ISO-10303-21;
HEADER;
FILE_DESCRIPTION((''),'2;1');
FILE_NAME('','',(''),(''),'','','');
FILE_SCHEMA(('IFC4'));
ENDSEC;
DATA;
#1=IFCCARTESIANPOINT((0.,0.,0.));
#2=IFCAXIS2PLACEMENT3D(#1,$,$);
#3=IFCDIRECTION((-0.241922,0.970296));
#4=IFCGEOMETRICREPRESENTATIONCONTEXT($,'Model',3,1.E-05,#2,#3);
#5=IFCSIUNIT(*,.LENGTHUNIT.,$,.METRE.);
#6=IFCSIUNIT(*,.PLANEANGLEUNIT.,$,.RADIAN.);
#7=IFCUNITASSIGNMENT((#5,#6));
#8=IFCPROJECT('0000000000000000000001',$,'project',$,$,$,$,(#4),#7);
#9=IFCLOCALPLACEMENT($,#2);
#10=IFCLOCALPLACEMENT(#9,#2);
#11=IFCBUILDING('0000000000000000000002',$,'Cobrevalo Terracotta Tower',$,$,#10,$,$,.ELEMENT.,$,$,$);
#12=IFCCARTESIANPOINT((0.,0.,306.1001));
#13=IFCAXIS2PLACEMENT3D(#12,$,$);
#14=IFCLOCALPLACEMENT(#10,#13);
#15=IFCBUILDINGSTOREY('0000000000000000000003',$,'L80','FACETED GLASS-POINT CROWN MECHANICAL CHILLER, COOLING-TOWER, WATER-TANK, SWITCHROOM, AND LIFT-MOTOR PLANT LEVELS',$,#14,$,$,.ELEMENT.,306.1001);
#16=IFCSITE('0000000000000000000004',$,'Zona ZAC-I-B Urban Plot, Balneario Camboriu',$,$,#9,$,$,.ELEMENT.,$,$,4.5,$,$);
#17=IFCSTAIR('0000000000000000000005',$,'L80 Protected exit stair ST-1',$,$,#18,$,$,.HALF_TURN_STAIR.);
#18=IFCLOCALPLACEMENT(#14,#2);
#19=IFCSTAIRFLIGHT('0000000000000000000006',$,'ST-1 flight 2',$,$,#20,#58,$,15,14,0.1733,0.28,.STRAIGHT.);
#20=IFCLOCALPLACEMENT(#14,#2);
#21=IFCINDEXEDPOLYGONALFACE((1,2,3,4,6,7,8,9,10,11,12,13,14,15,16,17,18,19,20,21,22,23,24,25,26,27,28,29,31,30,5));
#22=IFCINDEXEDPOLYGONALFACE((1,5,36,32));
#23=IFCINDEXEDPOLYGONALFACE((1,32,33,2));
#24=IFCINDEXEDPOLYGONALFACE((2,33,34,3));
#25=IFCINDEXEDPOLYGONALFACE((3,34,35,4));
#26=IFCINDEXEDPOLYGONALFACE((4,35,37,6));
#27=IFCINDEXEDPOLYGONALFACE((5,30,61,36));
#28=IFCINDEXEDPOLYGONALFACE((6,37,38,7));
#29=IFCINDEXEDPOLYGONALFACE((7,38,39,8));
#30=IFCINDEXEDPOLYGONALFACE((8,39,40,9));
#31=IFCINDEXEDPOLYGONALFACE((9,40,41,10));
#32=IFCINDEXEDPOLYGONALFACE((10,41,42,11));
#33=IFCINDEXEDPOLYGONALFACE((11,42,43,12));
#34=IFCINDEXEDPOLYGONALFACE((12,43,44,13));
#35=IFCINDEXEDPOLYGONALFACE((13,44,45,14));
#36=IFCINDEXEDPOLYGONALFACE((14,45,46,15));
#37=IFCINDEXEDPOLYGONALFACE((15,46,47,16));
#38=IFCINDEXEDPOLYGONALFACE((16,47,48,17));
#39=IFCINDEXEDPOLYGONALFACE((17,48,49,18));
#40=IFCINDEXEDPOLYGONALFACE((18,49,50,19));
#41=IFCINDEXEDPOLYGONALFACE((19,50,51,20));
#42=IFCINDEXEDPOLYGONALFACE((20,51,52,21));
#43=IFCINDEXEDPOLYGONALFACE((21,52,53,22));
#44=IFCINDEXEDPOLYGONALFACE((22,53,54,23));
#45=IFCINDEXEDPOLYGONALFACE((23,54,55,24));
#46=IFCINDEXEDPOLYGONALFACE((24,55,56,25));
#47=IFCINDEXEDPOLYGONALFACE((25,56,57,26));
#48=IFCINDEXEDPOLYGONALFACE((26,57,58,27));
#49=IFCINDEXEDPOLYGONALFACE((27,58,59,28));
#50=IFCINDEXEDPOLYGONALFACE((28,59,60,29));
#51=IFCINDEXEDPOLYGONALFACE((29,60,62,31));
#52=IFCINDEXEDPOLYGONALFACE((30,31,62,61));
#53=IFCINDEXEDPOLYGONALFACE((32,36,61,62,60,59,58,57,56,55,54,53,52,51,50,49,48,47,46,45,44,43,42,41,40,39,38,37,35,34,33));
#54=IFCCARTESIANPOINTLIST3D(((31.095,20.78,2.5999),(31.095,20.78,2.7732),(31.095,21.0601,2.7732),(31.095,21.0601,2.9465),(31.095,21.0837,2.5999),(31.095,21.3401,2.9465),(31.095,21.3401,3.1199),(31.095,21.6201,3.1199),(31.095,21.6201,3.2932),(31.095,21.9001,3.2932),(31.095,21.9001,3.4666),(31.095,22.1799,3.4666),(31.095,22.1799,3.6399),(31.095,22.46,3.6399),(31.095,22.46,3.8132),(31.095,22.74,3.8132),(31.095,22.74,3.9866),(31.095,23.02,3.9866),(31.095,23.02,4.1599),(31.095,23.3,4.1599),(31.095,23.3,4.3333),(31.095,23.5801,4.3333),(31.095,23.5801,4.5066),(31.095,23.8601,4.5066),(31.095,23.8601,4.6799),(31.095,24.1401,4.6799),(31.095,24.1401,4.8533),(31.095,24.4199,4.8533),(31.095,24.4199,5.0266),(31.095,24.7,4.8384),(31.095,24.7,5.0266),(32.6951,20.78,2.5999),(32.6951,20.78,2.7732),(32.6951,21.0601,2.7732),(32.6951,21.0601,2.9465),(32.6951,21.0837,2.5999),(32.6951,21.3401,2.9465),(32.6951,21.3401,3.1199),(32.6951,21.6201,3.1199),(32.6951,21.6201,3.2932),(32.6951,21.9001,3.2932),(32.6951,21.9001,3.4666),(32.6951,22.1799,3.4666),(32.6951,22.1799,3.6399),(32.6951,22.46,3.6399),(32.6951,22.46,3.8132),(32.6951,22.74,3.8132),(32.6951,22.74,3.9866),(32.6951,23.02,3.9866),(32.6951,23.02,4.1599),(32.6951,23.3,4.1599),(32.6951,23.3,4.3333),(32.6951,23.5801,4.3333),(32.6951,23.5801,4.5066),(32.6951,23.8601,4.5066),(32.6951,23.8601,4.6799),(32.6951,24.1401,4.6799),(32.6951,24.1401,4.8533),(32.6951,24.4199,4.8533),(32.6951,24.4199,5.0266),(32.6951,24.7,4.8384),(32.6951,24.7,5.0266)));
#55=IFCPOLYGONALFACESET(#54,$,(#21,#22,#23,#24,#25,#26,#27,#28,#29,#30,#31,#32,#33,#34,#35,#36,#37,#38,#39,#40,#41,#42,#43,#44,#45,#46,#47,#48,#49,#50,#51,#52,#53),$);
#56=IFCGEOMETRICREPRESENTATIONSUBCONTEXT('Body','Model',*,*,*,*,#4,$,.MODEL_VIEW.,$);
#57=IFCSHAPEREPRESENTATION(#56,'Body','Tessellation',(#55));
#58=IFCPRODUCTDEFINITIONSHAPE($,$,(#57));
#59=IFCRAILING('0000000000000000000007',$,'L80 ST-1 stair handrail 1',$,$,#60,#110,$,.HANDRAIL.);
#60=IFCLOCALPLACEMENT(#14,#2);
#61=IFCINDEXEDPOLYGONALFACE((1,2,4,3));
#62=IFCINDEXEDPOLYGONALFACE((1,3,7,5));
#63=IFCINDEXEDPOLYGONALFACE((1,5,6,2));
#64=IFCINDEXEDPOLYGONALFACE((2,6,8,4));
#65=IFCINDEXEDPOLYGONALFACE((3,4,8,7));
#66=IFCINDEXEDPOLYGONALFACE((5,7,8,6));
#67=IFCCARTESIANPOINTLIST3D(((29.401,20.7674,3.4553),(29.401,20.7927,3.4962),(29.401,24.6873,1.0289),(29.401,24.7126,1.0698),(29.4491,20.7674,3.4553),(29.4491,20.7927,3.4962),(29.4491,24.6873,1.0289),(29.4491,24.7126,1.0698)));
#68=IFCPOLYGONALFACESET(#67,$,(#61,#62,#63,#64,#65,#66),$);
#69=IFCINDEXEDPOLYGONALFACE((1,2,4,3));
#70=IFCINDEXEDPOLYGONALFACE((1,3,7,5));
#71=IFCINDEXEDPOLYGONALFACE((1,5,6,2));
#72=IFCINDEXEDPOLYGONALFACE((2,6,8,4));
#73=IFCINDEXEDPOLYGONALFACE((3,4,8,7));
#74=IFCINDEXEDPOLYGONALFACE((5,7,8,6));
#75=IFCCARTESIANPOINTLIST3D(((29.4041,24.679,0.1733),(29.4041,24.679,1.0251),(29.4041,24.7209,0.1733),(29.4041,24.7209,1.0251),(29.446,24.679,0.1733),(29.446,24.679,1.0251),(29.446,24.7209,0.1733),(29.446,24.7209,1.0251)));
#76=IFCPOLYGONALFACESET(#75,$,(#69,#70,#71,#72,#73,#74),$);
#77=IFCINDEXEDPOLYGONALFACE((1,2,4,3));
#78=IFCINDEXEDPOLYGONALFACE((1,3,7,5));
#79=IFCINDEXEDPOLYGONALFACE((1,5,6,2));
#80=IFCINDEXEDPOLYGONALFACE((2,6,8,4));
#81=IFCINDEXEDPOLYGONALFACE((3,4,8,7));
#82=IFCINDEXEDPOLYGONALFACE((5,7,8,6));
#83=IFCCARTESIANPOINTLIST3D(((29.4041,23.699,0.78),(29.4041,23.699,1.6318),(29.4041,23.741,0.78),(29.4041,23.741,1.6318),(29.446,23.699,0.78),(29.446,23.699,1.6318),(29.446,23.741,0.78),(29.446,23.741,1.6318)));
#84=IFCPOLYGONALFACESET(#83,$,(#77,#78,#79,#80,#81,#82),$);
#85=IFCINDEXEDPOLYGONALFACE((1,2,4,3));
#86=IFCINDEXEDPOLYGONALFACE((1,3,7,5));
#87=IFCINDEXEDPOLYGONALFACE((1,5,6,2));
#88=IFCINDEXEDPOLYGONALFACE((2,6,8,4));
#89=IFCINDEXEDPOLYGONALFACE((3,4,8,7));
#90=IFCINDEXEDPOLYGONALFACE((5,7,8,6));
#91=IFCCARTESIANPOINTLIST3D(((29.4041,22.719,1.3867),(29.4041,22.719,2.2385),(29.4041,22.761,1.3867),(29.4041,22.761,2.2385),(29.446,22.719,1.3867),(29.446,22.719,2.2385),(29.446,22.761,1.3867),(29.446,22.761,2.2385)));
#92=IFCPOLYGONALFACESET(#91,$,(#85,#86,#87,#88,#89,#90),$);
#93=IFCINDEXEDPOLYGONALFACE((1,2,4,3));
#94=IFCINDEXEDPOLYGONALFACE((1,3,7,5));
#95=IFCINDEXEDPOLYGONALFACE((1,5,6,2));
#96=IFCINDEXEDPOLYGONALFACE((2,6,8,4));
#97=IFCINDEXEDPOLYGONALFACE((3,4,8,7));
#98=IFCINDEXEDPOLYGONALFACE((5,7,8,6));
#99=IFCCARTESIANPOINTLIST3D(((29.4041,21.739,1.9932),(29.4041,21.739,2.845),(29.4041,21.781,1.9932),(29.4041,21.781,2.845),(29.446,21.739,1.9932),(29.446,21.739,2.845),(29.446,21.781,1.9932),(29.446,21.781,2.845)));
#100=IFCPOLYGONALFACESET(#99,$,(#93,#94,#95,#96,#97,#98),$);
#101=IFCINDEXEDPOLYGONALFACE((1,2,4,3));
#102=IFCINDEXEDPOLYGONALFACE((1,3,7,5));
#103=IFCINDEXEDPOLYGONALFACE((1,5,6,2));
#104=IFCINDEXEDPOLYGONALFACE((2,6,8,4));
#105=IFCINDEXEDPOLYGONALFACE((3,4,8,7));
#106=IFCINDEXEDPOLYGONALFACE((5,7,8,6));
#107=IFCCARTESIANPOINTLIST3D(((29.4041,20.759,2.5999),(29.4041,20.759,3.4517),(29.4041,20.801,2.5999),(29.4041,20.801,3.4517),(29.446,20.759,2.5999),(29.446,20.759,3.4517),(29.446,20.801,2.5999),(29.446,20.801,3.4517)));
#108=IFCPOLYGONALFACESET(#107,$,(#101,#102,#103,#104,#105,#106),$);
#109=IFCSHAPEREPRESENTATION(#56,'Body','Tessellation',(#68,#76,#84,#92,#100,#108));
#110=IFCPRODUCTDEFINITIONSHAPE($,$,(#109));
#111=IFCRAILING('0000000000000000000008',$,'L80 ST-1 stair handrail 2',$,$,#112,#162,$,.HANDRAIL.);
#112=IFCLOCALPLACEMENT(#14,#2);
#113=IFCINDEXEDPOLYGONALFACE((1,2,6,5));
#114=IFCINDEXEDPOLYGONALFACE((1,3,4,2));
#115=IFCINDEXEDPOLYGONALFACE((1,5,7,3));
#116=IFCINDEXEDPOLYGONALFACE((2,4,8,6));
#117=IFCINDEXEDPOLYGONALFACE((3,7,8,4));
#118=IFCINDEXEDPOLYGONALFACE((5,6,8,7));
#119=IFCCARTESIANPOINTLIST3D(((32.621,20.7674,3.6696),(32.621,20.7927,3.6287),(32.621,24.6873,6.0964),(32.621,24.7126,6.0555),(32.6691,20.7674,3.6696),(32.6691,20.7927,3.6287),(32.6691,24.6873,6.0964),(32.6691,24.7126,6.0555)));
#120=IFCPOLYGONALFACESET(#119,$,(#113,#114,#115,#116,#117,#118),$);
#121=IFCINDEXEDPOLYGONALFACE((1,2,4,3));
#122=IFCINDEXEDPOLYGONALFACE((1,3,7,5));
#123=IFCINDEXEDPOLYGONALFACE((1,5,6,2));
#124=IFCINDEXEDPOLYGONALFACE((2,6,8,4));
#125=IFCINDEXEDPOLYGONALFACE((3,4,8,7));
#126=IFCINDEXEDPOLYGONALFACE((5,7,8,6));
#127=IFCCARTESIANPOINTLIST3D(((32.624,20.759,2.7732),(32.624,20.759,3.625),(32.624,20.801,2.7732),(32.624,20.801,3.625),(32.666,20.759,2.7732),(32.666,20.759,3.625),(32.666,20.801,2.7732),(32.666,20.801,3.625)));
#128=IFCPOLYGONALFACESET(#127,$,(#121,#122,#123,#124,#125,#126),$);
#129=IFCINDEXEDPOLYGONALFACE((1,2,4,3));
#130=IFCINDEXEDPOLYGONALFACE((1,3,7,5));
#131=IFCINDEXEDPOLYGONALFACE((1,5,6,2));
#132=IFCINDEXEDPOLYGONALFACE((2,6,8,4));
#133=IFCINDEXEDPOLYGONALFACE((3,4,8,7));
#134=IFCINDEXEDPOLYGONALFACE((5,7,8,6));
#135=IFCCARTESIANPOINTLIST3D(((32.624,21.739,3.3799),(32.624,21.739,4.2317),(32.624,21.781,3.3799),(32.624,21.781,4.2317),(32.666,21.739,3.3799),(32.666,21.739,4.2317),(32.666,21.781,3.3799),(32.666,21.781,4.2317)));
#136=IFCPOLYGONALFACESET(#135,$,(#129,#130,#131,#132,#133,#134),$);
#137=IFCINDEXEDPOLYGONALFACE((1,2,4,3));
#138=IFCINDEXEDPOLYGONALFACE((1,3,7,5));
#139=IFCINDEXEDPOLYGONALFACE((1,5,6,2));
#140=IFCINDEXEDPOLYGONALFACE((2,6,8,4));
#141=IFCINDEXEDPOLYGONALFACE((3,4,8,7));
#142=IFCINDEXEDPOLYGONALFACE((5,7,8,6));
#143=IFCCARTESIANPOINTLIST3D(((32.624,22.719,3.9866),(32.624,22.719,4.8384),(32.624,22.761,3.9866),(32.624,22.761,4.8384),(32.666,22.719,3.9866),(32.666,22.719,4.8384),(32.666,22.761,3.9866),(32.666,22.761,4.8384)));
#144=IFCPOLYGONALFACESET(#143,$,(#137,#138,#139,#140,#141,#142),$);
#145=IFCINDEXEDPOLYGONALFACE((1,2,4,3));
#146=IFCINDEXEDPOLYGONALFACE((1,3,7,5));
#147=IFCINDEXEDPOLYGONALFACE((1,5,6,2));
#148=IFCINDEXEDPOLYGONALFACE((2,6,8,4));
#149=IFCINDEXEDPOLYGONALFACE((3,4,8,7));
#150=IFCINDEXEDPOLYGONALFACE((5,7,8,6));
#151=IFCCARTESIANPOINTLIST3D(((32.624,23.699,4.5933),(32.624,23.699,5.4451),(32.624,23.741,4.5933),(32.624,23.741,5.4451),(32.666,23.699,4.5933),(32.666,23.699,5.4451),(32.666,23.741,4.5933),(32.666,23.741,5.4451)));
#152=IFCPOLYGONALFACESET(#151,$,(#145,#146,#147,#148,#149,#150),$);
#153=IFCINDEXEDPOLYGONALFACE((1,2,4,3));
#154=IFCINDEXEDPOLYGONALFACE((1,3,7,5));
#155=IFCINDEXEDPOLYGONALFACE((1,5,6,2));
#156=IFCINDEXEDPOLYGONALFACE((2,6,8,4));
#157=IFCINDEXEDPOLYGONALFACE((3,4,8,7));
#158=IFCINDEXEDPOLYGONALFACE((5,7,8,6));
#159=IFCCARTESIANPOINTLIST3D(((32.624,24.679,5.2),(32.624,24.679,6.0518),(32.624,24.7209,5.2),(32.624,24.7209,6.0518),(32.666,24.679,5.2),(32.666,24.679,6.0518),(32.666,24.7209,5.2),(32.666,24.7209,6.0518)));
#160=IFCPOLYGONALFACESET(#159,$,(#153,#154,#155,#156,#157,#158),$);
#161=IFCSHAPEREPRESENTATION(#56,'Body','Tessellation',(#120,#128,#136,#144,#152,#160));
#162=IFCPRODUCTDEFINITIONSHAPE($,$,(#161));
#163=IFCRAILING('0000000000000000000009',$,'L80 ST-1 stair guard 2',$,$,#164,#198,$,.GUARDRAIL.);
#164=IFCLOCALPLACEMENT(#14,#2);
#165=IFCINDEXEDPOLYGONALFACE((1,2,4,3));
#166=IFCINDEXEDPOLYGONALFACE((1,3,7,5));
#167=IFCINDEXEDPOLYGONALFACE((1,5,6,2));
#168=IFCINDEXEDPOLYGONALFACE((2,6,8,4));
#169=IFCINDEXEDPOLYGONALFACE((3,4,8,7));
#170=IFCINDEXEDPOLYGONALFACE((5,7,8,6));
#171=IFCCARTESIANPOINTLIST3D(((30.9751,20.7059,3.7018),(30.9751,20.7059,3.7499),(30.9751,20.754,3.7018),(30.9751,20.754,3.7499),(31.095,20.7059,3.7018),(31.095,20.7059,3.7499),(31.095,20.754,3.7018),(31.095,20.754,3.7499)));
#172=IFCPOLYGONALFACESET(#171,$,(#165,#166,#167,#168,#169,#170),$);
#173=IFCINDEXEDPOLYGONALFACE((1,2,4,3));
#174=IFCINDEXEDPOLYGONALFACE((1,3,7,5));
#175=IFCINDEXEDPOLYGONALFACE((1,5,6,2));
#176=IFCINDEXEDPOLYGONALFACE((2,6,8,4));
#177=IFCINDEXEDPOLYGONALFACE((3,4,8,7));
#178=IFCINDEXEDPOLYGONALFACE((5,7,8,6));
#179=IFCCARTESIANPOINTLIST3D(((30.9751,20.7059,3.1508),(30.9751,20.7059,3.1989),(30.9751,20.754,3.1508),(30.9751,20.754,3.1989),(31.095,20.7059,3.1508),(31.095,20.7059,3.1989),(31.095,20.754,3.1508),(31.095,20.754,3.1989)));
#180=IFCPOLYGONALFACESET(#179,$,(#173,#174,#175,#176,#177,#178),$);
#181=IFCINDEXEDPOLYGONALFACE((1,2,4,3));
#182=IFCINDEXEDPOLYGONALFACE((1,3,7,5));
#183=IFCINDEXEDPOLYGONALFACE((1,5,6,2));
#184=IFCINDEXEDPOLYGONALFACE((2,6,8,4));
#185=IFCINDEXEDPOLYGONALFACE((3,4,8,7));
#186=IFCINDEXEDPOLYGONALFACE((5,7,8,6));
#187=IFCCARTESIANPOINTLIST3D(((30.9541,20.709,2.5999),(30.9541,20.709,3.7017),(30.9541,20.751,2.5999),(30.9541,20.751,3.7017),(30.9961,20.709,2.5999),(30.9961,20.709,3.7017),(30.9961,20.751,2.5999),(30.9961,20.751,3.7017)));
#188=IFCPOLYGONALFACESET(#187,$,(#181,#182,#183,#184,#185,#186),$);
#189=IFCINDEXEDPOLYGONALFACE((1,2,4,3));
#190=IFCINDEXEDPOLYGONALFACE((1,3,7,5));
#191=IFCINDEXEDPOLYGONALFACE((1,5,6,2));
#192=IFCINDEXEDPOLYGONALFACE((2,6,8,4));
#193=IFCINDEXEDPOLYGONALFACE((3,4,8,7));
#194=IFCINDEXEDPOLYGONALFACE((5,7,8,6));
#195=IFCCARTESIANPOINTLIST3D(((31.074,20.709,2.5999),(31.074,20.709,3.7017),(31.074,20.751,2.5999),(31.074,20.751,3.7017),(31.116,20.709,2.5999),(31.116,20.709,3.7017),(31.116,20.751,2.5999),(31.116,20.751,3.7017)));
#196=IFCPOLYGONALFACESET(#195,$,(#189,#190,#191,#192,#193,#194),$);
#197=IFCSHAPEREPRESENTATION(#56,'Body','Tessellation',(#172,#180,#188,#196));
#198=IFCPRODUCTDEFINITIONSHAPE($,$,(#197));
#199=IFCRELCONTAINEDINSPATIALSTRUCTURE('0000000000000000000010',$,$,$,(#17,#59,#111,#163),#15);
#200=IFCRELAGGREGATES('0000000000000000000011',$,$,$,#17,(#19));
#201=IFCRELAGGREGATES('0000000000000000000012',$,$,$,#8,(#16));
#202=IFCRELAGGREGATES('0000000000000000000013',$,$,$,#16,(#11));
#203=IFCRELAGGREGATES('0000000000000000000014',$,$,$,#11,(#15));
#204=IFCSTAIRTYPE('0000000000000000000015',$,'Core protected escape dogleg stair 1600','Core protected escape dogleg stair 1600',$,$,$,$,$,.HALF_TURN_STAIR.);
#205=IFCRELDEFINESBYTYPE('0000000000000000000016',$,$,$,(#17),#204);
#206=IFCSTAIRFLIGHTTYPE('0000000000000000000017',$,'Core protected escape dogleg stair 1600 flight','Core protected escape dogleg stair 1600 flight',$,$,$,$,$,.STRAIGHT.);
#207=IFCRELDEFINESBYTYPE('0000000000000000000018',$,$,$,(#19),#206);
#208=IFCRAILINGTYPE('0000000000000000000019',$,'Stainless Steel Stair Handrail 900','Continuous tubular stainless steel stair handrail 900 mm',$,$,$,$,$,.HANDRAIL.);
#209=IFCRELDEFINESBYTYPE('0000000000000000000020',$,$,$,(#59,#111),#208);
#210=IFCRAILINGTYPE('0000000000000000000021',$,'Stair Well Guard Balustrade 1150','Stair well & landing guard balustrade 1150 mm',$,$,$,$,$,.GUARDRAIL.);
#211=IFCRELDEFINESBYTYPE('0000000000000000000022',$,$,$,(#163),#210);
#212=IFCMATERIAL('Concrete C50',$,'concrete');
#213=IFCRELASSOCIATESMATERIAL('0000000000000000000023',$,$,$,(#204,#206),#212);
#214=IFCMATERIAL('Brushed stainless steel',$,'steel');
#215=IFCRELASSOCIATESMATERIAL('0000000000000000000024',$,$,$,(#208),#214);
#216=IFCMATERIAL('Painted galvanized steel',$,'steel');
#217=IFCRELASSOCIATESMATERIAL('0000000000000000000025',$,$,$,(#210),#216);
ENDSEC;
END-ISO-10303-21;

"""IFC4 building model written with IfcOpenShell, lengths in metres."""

from ifc_helpers import new_model, si_unit, direction, frame, origin, origin_2d, place, context, subcontext, project, spatial, polyline, rectangle, outline, extrude, material, type_object, element, aggregate, save


model = new_model("IFC4")

# Units and contexts
model_context = context("Model", 3, precision=1e-05, world=origin(), true_north=direction((-0.241922, 0.970296)))
body_context = subcontext(model_context, "Body", "Model", "MODEL_VIEW")
ifc_project = project(units=[si_unit("LENGTHUNIT", "METRE"), si_unit("PLANEANGLEUNIT", "RADIAN")], contexts=[model_context])

# Site, building, storey
site_placement = place(None, origin())
site = spatial("IfcSite", under=ifc_project, at=site_placement, Name="Zona ZAC-I-B Urban Plot, Balneario Camboriu", CompositionType="ELEMENT", RefElevation=4.5)
building_placement = place(site_placement, origin())
building = spatial("IfcBuilding", under=site, at=building_placement, Name="Cobrevalo Terracotta Tower", CompositionType="ELEMENT")
storey_placement = place(building_placement, frame((0.0, 0.0, 306.1001)))
storey = spatial("IfcBuildingStorey", under=building, at=storey_placement, Name="L80", Description="FACETED GLASS-POINT CROWN MECHANICAL CHILLER, COOLING-TOWER, WATER-TANK, SWITCHROOM, AND LIFT-MOTOR PLANT LEVELS", CompositionType="ELEMENT", Elevation=306.1001)

# Shared definitions
ifc_material_1 = material(Name="Concrete C50", Category="concrete")

# Stair, stair flight
stair_type = type_object("IfcStairType", Name="Core protected escape dogleg stair 1600", Description="Core protected escape dogleg stair 1600", PredefinedType="HALF_TURN_STAIR", material=ifc_material_1)
stair_placement = place(storey_placement, origin())
stair = element("IfcStair", 1, at=stair_placement, inside=storey, type_object=stair_type, Name="L80 Protected exit stair ST-1", PredefinedType="HALF_TURN_STAIR")
stair_flight_type = type_object("IfcStairFlightType", Name="Core protected escape dogleg stair 1600 flight", Description="Core protected escape dogleg stair 1600 flight", PredefinedType="STRAIGHT", material=ifc_material_1)
stair_flight_1_placement = place(storey_placement, frame((31.895, 20.78, 2.5999), z_axis=(0.0, 0.0, 1.0), x_axis=(0.0, 1.0, 0.0)))
stair_flight_1 = element("IfcStairFlight", 2, at=stair_flight_1_placement, type_object=stair_flight_type, Name="ST-1 flight 2", NumberOfRisers=15, NumberOfTreads=14, PredefinedType="STRAIGHT", RiserHeight=0.1733, TreadLength=0.28, context=body_context, shape_type="SweptSolid", body=[
    extrude(outline(polyline([(0.0, 0.0), (0.0, 0.1733), (0.28, 0.1733), (0.28, 0.3467), (0.5601, 0.3467), (0.5601, 0.52), (0.8401, 0.52), (0.8401, 0.6934), (1.1201, 0.6934), (1.1201, 0.8667), (1.3999, 0.8667), (1.3999, 1.04), (1.6799, 1.04), (1.6799, 1.2134), (1.96, 1.2134), (1.96, 1.3867), (2.24, 1.3867), (2.24, 1.5601), (2.52, 1.5601), (2.52, 1.7334), (2.8, 1.7334), (2.8, 1.9067), (3.0801, 1.9067), (3.0801, 2.0801), (3.3601, 2.0801), (3.3601, 2.2534), (3.6399, 2.2534), (3.6399, 2.4268), (3.9199, 2.4268), (3.9199, 2.6001), (3.9199, 2.2385), (0.3037, 0.0), (0.0, 0.0)])), frame((0.0, 0.8, 0.0), z_axis=(0.0, -1.0, 0.0), x_axis=(1.0, 0.0, 0.0)), (0.0, 0.0, 1.0), 1.6001),
])
aggregate(stair, [stair_flight_1])

# Railings
ifc_material_2 = material(Name="Brushed stainless steel", Category="steel")
railing_type_1 = type_object("IfcRailingType", Name="Stainless Steel Stair Handrail 900", Description="Continuous tubular stainless steel stair handrail 900 mm", PredefinedType="HANDRAIL", material=ifc_material_2)
railing_1_placement = place(storey_placement, frame((29.425, 24.7, 0.1733)))
element("IfcRailing", 3, at=railing_1_placement, inside=storey, type_object=railing_type_1, Name="L80 ST-1 stair handrail 1", PredefinedType="HANDRAIL", context=body_context, shape_type="SweptSolid", body=[
    extrude(rectangle(XDim=0.0481, YDim=0.0481, at=origin_2d()), frame((0.0, 0.0, 0.876), z_axis=(0.0, -0.850275, 0.526338), x_axis=(1.0, 0.0, 0.0)), (0.0, 0.0, 1.0), 4.6101),
    extrude(rectangle(XDim=0.042, YDim=0.042, at=origin_2d()), origin(), (0.0, 0.0, 1.0), 0.8518),
    extrude(rectangle(XDim=0.042, YDim=0.042, at=origin_2d()), frame((0.0, -0.98, 0.6067)), (0.0, 0.0, 1.0), 0.8518),
    extrude(rectangle(XDim=0.042, YDim=0.042, at=origin_2d()), frame((0.0, -1.96, 1.2134)), (0.0, 0.0, 1.0), 0.8518),
    extrude(rectangle(XDim=0.042, YDim=0.042, at=origin_2d()), frame((0.0, -2.9399, 1.8198)), (0.0, 0.0, 1.0), 0.8518),
    extrude(rectangle(XDim=0.042, YDim=0.042, at=origin_2d()), frame((0.0, -3.9199, 2.4265)), (0.0, 0.0, 1.0), 0.8518),
])
railing_2_placement = place(storey_placement, frame((32.645, 20.78, 2.7732)))
element("IfcRailing", 4, at=railing_2_placement, inside=storey, type_object=railing_type_1, Name="L80 ST-1 stair handrail 2", PredefinedType="HANDRAIL", context=body_context, shape_type="SweptSolid", body=[
    extrude(rectangle(XDim=0.0481, YDim=0.0481, at=origin_2d()), frame((0.0, 0.0, 0.876), z_axis=(0.0, 0.850252, 0.526376), x_axis=(-1.0, 0.0, 0.0)), (0.0, 0.0, 1.0), 4.6104),
    extrude(rectangle(XDim=0.042, YDim=0.042, at=origin_2d()), origin(), (0.0, 0.0, 1.0), 0.8518),
    extrude(rectangle(XDim=0.042, YDim=0.042, at=origin_2d()), frame((0.0, 0.98, 0.6067)), (0.0, 0.0, 1.0), 0.8518),
    extrude(rectangle(XDim=0.042, YDim=0.042, at=origin_2d()), frame((0.0, 1.96, 1.2134)), (0.0, 0.0, 1.0), 0.8518),
    extrude(rectangle(XDim=0.042, YDim=0.042, at=origin_2d()), frame((0.0, 2.9399, 1.8201)), (0.0, 0.0, 1.0), 0.8518),
    extrude(rectangle(XDim=0.042, YDim=0.042, at=origin_2d()), frame((0.0, 3.9199, 2.4268)), (0.0, 0.0, 1.0), 0.8518),
])
ifc_material_3 = material(Name="Painted galvanized steel", Category="steel")
railing_type_2 = type_object("IfcRailingType", Name="Stair Well Guard Balustrade 1150", Description="Stair well & landing guard balustrade 1150 mm", PredefinedType="GUARDRAIL", material=ifc_material_3)
railing_3_placement = place(storey_placement, frame((30.9751, 20.73, 2.5999)))
element("IfcRailing", 5, at=railing_3_placement, inside=storey, type_object=railing_type_2, Name="L80 ST-1 stair guard 2", PredefinedType="GUARDRAIL", context=body_context, shape_type="SweptSolid", body=[
    extrude(rectangle(XDim=0.0481, YDim=0.0481, at=origin_2d()), frame((0.0, 0.0, 1.126), z_axis=(1.0, 0.0, 0.0), x_axis=(0.0, 1.0, 0.0)), (0.0, 0.0, 1.0), 0.1199),
    extrude(rectangle(XDim=0.0481, YDim=0.0481, at=origin_2d()), frame((0.0, 0.0, 0.575), z_axis=(1.0, 0.0, 0.0), x_axis=(0.0, 1.0, 0.0)), (0.0, 0.0, 1.0), 0.1199),
    extrude(rectangle(XDim=0.042, YDim=0.042, at=origin_2d()), origin(), (0.0, 0.0, 1.0), 1.1018),
    extrude(rectangle(XDim=0.042, YDim=0.042, at=origin_2d()), frame((0.1199, 0.0, 0.0)), (0.0, 0.0, 1.0), 1.1018),
])

save(model, "model.ifc")
